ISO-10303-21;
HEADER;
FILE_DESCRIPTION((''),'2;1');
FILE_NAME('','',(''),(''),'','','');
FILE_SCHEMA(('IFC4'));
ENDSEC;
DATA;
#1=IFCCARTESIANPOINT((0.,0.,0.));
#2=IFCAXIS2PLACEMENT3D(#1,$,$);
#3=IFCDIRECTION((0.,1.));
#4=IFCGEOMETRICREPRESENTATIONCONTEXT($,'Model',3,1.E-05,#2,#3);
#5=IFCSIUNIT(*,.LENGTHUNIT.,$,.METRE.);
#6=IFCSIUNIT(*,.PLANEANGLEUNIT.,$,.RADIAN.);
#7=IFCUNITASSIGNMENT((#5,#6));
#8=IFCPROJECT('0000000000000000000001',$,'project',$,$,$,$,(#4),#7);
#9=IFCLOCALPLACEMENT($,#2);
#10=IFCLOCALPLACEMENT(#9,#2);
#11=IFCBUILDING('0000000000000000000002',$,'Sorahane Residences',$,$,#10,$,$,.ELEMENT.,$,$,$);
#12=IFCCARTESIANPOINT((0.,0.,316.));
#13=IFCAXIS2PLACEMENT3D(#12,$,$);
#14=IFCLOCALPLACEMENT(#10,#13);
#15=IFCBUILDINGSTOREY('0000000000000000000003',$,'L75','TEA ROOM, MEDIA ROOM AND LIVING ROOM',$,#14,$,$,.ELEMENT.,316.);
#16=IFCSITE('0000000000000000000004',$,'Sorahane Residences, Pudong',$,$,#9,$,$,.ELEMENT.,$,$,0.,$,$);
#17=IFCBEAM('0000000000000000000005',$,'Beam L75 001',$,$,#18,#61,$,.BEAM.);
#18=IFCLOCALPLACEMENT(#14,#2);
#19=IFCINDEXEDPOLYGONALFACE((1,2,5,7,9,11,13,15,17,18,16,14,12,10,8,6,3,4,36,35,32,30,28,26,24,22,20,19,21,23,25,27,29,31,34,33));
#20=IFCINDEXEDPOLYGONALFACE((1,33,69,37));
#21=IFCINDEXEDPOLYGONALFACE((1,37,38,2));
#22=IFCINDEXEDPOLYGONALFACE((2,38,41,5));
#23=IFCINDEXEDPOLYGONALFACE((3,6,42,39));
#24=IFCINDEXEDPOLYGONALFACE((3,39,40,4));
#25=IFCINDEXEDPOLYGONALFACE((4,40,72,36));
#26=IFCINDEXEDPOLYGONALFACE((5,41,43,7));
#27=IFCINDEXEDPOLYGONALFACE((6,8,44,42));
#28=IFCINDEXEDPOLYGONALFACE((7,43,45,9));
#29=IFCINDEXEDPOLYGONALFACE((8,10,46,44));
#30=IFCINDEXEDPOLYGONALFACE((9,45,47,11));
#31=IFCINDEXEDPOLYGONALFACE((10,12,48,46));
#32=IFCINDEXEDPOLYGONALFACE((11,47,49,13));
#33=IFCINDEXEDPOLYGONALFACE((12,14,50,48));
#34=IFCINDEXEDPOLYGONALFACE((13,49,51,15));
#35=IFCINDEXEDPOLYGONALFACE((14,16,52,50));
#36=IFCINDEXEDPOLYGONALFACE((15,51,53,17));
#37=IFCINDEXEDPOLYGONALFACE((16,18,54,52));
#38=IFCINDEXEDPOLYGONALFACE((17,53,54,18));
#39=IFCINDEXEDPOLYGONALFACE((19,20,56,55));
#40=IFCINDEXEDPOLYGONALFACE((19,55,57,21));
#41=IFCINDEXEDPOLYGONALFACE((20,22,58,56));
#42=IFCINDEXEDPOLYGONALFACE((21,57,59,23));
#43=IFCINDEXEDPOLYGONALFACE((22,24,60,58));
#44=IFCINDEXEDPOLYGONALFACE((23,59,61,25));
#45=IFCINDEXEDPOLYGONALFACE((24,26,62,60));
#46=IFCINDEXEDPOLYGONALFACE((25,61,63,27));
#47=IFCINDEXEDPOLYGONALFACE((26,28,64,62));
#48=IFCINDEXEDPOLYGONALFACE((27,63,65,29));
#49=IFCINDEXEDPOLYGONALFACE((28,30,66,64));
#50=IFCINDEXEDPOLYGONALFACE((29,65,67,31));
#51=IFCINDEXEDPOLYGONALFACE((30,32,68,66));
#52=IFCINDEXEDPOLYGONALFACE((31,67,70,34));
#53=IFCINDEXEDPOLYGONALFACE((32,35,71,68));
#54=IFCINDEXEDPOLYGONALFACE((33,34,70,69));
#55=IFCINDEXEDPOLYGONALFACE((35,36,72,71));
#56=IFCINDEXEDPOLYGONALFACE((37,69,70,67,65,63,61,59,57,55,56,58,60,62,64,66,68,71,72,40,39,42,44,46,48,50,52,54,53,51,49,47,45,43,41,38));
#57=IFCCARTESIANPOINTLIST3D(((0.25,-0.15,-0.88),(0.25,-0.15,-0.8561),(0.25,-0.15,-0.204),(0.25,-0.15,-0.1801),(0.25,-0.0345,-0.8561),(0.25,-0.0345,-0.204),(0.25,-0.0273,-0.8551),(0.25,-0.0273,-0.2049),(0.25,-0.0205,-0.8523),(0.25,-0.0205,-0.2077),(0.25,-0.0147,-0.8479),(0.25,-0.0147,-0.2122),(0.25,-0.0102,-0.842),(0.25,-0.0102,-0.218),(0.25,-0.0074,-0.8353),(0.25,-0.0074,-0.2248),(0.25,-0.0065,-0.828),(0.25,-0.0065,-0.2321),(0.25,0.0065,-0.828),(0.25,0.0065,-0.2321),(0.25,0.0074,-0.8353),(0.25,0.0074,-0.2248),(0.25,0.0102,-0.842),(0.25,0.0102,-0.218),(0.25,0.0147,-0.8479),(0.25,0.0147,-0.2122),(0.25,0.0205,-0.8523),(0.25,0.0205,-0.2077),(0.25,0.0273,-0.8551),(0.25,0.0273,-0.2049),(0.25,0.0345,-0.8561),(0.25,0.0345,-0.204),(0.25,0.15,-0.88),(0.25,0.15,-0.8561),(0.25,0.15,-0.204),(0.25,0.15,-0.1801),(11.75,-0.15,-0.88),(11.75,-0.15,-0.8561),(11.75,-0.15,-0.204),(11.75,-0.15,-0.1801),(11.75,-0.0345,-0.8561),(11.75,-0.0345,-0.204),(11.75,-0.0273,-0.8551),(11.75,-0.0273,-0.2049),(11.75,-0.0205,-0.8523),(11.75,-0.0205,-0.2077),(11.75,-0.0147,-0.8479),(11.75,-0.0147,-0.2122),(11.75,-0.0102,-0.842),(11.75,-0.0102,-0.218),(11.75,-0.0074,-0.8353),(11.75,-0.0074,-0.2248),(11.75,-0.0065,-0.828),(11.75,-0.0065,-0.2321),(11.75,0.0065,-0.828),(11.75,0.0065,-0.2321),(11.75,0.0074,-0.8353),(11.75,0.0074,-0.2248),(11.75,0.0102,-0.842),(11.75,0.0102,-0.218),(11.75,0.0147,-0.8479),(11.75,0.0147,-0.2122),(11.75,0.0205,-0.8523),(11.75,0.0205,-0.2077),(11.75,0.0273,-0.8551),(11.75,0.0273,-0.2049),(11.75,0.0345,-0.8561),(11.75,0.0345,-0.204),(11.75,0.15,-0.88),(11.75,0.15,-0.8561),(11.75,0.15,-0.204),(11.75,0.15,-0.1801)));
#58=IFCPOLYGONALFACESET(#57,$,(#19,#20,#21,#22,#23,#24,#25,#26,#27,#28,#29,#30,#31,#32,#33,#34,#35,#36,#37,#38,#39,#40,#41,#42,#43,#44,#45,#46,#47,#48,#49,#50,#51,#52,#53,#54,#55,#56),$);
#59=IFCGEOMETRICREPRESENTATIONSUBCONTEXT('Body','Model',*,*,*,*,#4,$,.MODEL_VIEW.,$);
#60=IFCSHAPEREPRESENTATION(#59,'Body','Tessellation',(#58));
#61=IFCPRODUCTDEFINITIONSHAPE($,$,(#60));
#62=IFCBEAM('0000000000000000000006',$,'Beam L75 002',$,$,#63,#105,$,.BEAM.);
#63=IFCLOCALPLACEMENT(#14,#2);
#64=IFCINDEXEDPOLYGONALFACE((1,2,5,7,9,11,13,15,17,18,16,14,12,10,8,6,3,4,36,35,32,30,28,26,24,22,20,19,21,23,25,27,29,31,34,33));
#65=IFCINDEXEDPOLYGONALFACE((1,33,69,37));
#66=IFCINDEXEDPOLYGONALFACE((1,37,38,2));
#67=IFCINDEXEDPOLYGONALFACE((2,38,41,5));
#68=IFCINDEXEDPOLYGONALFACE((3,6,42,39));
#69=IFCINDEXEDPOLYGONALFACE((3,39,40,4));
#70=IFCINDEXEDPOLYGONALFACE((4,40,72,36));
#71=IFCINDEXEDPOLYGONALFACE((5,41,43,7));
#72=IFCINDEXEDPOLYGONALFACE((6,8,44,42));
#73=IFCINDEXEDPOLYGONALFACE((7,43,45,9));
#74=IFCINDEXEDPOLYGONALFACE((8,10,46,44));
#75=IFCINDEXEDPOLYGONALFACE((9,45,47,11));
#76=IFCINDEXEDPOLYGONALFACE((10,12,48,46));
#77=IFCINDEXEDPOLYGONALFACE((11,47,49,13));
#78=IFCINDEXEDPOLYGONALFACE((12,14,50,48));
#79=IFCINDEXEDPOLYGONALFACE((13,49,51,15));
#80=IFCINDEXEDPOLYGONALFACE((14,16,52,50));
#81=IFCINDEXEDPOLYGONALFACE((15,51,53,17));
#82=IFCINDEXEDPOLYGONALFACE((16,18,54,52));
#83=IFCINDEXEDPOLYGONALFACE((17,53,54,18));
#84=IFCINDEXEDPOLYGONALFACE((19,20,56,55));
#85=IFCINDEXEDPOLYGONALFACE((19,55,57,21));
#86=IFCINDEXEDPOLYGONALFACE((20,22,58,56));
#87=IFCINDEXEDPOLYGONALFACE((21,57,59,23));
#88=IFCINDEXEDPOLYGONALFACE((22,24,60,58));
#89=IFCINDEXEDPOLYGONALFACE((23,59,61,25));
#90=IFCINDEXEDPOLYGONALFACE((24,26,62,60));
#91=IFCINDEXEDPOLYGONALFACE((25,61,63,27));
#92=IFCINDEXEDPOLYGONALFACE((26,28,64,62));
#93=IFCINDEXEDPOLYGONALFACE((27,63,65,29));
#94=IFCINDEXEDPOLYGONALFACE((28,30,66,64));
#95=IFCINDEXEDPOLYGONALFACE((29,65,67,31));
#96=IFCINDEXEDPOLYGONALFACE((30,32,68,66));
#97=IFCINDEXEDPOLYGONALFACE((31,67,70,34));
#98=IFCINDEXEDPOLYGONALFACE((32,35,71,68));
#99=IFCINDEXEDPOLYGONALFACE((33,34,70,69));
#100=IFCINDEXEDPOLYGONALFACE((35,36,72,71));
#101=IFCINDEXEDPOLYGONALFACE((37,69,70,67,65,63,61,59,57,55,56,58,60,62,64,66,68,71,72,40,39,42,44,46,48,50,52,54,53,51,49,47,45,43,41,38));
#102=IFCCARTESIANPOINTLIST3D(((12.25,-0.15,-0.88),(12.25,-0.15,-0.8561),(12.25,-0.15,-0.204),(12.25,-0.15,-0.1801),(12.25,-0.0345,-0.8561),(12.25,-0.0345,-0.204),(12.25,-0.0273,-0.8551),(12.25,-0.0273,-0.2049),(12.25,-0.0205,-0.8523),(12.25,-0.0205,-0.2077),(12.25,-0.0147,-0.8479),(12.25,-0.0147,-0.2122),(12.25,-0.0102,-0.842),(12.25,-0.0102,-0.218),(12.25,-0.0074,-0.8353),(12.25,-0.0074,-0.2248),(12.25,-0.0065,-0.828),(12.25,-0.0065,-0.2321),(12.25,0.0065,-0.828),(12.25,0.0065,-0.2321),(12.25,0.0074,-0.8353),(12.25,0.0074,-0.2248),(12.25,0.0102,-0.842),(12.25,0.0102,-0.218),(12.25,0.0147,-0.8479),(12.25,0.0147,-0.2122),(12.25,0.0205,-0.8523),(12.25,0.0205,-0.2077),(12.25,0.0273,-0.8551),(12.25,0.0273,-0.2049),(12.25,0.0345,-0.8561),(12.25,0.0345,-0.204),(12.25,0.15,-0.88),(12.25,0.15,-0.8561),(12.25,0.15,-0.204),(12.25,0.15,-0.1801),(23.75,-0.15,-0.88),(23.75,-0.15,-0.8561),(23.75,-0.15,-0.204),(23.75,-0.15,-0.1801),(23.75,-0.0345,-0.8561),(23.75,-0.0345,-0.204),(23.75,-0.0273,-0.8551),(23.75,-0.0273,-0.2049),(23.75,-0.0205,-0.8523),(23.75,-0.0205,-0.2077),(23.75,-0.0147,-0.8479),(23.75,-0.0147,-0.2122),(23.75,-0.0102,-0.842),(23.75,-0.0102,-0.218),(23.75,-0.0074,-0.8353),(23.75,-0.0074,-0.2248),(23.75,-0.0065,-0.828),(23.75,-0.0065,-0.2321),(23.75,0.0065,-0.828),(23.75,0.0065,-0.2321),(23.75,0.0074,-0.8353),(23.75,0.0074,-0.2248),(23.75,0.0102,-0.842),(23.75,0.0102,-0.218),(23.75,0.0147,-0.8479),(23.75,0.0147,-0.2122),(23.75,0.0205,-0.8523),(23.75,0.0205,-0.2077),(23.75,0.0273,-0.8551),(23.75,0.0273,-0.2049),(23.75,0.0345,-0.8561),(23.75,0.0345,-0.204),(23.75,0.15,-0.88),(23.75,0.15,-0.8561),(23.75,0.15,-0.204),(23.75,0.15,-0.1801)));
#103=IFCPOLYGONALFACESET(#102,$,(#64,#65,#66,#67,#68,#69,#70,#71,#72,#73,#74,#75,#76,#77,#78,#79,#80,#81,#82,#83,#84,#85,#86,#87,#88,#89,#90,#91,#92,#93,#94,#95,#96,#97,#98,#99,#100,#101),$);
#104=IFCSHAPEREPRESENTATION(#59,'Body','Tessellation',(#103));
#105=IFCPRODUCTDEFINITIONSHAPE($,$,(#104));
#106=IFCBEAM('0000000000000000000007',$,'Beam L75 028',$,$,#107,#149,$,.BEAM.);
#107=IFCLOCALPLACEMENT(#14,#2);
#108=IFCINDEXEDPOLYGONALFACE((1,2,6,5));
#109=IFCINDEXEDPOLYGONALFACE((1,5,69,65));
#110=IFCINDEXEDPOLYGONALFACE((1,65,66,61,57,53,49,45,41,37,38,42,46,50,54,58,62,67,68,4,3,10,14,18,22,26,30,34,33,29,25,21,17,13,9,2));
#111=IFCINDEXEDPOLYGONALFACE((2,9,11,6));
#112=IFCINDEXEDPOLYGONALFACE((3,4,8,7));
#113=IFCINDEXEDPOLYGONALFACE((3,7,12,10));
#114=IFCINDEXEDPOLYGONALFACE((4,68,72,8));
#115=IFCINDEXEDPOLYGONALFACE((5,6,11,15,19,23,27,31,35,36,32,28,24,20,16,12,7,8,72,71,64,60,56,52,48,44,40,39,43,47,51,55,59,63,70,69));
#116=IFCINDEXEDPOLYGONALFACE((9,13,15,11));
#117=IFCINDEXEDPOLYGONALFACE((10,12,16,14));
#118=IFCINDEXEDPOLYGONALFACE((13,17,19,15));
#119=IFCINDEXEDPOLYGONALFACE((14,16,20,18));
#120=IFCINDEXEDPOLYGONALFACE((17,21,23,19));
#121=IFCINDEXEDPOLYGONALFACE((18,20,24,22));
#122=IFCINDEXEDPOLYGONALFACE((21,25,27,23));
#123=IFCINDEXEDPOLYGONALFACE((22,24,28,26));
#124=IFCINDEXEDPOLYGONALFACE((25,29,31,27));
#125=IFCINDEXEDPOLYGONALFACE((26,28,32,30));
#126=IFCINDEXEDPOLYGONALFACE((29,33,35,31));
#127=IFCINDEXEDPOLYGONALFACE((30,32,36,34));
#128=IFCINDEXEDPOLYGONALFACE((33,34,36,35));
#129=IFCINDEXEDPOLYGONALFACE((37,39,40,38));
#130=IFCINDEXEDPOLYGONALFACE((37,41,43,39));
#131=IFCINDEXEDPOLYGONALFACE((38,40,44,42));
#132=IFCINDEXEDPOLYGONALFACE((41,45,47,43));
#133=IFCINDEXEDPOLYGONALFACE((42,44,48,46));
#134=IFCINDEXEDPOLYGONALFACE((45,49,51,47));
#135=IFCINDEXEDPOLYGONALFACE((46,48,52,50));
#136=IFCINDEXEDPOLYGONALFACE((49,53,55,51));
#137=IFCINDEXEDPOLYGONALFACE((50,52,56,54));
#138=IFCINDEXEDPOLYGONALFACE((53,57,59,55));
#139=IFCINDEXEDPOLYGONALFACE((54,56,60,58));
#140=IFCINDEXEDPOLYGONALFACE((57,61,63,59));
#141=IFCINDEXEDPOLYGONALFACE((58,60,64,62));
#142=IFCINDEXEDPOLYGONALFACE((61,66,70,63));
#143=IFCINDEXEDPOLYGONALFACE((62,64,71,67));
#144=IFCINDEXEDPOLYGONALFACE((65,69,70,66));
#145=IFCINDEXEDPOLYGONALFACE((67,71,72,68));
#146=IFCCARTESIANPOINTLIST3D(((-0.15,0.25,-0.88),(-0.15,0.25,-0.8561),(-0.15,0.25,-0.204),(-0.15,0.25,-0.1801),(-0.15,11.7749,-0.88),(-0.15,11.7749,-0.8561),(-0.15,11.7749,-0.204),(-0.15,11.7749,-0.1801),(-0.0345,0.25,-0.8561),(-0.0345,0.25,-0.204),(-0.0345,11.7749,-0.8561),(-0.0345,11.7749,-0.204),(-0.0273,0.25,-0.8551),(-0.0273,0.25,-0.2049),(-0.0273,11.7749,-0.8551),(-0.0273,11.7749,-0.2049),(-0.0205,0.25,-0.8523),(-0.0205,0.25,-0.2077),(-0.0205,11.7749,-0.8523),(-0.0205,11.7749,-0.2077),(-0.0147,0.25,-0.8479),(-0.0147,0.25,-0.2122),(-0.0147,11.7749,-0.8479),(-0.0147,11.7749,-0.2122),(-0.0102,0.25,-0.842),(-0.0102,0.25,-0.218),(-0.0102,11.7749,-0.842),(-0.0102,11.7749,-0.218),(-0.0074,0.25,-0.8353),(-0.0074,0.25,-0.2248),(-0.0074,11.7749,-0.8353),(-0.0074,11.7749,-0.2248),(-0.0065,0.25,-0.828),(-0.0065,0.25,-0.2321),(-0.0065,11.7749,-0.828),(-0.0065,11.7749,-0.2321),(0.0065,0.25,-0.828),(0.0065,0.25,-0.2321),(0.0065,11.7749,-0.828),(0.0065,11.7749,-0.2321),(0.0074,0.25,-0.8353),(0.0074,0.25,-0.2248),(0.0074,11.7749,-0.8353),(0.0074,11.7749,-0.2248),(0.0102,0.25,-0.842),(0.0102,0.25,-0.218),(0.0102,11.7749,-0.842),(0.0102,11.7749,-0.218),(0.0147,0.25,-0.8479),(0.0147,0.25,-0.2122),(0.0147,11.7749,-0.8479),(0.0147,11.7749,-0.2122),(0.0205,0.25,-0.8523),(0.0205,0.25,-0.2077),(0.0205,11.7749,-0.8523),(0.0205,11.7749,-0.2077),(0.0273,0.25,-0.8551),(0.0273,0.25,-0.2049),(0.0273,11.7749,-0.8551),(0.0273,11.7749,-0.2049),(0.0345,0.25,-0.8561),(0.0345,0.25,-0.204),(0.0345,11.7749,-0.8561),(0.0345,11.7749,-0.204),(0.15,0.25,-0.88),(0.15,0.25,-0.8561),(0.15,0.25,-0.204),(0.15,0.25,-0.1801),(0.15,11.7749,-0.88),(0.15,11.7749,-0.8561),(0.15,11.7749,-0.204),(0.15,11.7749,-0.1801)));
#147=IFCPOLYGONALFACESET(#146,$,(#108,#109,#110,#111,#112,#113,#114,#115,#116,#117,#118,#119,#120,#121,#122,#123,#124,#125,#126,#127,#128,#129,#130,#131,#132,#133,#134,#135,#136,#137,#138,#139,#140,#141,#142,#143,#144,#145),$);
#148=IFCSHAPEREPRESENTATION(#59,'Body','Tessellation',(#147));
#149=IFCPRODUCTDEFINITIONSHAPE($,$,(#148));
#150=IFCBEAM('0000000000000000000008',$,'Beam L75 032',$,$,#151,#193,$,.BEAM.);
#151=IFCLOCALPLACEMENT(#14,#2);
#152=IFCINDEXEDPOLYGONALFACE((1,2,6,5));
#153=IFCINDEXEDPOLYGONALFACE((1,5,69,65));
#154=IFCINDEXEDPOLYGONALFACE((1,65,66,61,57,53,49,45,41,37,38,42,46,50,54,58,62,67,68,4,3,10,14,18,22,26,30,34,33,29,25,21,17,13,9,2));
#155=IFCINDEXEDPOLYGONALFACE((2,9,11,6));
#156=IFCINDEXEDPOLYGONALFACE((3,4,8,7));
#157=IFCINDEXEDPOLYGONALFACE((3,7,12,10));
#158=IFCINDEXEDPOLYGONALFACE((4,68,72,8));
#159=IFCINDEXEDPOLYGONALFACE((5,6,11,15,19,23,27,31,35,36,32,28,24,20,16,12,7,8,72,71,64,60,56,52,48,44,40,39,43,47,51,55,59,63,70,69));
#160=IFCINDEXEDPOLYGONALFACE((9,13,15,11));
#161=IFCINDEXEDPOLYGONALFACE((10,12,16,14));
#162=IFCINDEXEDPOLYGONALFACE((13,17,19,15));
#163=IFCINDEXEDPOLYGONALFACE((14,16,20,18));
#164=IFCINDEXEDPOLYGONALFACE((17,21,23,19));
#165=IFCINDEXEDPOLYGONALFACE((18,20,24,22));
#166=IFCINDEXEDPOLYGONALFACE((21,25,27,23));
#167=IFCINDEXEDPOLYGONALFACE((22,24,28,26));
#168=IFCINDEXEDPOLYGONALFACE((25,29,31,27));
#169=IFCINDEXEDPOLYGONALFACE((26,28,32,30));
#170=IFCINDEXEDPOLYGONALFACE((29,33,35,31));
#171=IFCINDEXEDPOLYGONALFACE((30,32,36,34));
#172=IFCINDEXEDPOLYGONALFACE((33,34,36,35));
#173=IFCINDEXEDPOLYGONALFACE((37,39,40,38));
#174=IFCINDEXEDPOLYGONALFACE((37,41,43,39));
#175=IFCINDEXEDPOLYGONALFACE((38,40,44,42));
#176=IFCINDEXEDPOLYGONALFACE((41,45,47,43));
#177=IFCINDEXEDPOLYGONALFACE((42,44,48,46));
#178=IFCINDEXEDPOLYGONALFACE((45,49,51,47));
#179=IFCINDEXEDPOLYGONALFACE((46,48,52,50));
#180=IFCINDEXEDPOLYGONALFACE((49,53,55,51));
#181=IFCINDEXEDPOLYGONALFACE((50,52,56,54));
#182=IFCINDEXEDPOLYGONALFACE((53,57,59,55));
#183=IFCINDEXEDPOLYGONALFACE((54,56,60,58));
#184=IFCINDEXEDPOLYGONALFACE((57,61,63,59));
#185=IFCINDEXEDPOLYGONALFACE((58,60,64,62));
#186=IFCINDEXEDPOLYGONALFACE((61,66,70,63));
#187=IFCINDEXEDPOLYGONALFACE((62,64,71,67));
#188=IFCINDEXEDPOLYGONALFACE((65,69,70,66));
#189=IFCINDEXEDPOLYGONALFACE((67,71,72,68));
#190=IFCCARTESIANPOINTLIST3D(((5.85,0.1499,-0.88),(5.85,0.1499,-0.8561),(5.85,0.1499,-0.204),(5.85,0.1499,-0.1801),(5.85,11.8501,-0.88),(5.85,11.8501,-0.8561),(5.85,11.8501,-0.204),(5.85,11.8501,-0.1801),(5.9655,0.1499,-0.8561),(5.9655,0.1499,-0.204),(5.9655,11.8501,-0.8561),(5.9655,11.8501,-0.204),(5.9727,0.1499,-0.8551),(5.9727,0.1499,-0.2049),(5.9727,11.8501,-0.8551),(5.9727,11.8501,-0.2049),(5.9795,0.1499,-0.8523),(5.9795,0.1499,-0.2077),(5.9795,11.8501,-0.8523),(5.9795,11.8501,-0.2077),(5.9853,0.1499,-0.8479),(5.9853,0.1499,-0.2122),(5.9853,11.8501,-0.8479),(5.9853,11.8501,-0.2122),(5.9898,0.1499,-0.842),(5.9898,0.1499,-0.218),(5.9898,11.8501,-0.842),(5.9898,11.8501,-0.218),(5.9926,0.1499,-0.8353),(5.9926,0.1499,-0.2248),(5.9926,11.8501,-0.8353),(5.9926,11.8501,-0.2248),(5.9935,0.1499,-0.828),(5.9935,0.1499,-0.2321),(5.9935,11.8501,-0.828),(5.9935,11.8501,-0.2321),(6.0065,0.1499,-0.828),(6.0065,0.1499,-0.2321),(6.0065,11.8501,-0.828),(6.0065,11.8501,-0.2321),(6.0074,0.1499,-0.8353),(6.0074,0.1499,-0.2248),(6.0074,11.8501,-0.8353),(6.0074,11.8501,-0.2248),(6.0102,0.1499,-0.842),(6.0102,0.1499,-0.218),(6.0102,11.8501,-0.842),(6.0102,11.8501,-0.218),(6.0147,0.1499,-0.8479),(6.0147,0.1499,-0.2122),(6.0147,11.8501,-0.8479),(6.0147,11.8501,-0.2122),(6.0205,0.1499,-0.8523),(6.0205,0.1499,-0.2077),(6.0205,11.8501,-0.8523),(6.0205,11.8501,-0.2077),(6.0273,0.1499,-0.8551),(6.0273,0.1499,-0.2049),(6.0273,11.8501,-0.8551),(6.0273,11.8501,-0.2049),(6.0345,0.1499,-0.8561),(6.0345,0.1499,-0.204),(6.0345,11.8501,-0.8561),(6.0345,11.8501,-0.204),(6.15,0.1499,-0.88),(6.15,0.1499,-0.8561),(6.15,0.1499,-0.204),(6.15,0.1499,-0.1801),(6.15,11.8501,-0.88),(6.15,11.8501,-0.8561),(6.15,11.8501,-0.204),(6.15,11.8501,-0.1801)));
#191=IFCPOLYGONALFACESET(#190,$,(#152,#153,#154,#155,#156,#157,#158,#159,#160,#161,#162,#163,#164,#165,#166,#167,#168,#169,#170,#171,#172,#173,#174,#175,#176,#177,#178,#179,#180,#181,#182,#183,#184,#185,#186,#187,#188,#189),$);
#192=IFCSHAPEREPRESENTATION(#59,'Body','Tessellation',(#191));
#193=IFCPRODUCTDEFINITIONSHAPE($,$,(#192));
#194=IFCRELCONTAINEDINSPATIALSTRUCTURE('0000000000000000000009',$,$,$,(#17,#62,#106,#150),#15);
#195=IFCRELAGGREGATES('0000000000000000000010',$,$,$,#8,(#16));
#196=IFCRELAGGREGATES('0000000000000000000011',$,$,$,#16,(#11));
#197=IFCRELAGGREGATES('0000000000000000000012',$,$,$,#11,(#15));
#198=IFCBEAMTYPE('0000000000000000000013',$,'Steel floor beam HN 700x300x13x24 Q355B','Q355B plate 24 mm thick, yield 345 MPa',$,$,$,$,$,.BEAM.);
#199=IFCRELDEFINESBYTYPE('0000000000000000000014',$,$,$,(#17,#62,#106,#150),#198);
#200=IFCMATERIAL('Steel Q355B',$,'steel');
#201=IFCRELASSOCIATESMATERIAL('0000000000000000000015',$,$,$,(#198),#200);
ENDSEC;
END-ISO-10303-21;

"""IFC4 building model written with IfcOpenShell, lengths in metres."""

from ifc_helpers import new_model, si_unit, direction, frame, origin, origin_2d, place, context, subcontext, project, spatial, i_section, extrude, material, material_profile, profile_set, type_object, element, save


model = new_model("IFC4")

# Units and contexts
model_context = context("Model", 3, precision=1e-05, world=origin(), true_north=direction((0.0, 1.0)))
body_context = subcontext(model_context, "Body", "Model", "MODEL_VIEW")
ifc_project = project(units=[si_unit("LENGTHUNIT", "METRE"), si_unit("PLANEANGLEUNIT", "RADIAN")], contexts=[model_context])

# Site, building, storey
site_placement = place(None, origin())
site = spatial("IfcSite", under=ifc_project, at=site_placement, Name="Sorahane Residences, Pudong", CompositionType="ELEMENT", RefElevation=0.0)
building_placement = place(site_placement, origin())
building = spatial("IfcBuilding", under=site, at=building_placement, Name="Sorahane Residences", CompositionType="ELEMENT")
storey_placement = place(building_placement, frame((0.0, 0.0, 316.0)))
storey = spatial("IfcBuildingStorey", under=building, at=storey_placement, Name="L75", Description="TEA ROOM, MEDIA ROOM AND LIVING ROOM", CompositionType="ELEMENT", Elevation=316.0)

# Beams
ifc_material_1 = material(Name="Steel Q355B", Category="steel")
ifc_material_profile_1 = material_profile(ifc_material_1, i_section(OverallWidth=0.3, OverallDepth=0.7, WebThickness=0.0129, FlangeThickness=0.0239, FilletRadius=0.0281, at=origin_2d()), Name="HN 700x300x13x24")
ifc_profile_set_1 = profile_set([ifc_material_profile_1], Name="Steel Q355B")
beam_type_1 = type_object("IfcBeamType", Name="Steel floor beam HN 700x300x13x24 Q355B", Description="Q355B plate 24 mm thick, yield 345 MPa", PredefinedType="BEAM", material=ifc_profile_set_1)
for number, where, z_axis, x_axis, name in (
    (1, (0.25, 0.0, -0.53), (1.0, 0.0, 0.0), (0.0, 1.0, 0.0), "Beam L75 001"),
    (2, (12.25, 0.0, -0.53), (1.0, 0.0, 0.0), (0.0, 1.0, 0.0), "Beam L75 002"),
):
    element("IfcBeam", number, at=place(storey_placement, frame(where, z_axis=z_axis, x_axis=x_axis)), inside=storey, type_object=beam_type_1, Name=name, PredefinedType="BEAM", context=body_context, shape_type="SweptSolid", body=[
        extrude(i_section(OverallWidth=0.3, OverallDepth=0.7, WebThickness=0.0129, FlangeThickness=0.0239, FilletRadius=0.0281, at=origin_2d()), origin(), (0.0, 0.0, 1.0), 11.5),
    ])
beam_1_placement = place(storey_placement, frame((0.0, 0.25, -0.53), z_axis=(0.0, 1.0, 0.0), x_axis=(-1.0, 0.0, 0.0)))
element("IfcBeam", 3, at=beam_1_placement, inside=storey, type_object=beam_type_1, Name="Beam L75 028", PredefinedType="BEAM", context=body_context, shape_type="SweptSolid", body=[
    extrude(i_section(OverallWidth=0.3, OverallDepth=0.7, WebThickness=0.0129, FlangeThickness=0.0239, FilletRadius=0.0281, at=origin_2d()), origin(), (0.0, 0.0, 1.0), 11.5249),
])
beam_2_placement = place(storey_placement, frame((6.0, 0.1499, -0.53), z_axis=(0.0, 1.0, 0.0), x_axis=(-1.0, 0.0, 0.0)))
element("IfcBeam", 4, at=beam_2_placement, inside=storey, type_object=beam_type_1, Name="Beam L75 032", PredefinedType="BEAM", context=body_context, shape_type="SweptSolid", body=[
    extrude(i_section(OverallWidth=0.3, OverallDepth=0.7, WebThickness=0.0129, FlangeThickness=0.0239, FilletRadius=0.0281, at=origin_2d()), origin(), (0.0, 0.0, 1.0), 11.7002),
])

save(model, "model.ifc")
